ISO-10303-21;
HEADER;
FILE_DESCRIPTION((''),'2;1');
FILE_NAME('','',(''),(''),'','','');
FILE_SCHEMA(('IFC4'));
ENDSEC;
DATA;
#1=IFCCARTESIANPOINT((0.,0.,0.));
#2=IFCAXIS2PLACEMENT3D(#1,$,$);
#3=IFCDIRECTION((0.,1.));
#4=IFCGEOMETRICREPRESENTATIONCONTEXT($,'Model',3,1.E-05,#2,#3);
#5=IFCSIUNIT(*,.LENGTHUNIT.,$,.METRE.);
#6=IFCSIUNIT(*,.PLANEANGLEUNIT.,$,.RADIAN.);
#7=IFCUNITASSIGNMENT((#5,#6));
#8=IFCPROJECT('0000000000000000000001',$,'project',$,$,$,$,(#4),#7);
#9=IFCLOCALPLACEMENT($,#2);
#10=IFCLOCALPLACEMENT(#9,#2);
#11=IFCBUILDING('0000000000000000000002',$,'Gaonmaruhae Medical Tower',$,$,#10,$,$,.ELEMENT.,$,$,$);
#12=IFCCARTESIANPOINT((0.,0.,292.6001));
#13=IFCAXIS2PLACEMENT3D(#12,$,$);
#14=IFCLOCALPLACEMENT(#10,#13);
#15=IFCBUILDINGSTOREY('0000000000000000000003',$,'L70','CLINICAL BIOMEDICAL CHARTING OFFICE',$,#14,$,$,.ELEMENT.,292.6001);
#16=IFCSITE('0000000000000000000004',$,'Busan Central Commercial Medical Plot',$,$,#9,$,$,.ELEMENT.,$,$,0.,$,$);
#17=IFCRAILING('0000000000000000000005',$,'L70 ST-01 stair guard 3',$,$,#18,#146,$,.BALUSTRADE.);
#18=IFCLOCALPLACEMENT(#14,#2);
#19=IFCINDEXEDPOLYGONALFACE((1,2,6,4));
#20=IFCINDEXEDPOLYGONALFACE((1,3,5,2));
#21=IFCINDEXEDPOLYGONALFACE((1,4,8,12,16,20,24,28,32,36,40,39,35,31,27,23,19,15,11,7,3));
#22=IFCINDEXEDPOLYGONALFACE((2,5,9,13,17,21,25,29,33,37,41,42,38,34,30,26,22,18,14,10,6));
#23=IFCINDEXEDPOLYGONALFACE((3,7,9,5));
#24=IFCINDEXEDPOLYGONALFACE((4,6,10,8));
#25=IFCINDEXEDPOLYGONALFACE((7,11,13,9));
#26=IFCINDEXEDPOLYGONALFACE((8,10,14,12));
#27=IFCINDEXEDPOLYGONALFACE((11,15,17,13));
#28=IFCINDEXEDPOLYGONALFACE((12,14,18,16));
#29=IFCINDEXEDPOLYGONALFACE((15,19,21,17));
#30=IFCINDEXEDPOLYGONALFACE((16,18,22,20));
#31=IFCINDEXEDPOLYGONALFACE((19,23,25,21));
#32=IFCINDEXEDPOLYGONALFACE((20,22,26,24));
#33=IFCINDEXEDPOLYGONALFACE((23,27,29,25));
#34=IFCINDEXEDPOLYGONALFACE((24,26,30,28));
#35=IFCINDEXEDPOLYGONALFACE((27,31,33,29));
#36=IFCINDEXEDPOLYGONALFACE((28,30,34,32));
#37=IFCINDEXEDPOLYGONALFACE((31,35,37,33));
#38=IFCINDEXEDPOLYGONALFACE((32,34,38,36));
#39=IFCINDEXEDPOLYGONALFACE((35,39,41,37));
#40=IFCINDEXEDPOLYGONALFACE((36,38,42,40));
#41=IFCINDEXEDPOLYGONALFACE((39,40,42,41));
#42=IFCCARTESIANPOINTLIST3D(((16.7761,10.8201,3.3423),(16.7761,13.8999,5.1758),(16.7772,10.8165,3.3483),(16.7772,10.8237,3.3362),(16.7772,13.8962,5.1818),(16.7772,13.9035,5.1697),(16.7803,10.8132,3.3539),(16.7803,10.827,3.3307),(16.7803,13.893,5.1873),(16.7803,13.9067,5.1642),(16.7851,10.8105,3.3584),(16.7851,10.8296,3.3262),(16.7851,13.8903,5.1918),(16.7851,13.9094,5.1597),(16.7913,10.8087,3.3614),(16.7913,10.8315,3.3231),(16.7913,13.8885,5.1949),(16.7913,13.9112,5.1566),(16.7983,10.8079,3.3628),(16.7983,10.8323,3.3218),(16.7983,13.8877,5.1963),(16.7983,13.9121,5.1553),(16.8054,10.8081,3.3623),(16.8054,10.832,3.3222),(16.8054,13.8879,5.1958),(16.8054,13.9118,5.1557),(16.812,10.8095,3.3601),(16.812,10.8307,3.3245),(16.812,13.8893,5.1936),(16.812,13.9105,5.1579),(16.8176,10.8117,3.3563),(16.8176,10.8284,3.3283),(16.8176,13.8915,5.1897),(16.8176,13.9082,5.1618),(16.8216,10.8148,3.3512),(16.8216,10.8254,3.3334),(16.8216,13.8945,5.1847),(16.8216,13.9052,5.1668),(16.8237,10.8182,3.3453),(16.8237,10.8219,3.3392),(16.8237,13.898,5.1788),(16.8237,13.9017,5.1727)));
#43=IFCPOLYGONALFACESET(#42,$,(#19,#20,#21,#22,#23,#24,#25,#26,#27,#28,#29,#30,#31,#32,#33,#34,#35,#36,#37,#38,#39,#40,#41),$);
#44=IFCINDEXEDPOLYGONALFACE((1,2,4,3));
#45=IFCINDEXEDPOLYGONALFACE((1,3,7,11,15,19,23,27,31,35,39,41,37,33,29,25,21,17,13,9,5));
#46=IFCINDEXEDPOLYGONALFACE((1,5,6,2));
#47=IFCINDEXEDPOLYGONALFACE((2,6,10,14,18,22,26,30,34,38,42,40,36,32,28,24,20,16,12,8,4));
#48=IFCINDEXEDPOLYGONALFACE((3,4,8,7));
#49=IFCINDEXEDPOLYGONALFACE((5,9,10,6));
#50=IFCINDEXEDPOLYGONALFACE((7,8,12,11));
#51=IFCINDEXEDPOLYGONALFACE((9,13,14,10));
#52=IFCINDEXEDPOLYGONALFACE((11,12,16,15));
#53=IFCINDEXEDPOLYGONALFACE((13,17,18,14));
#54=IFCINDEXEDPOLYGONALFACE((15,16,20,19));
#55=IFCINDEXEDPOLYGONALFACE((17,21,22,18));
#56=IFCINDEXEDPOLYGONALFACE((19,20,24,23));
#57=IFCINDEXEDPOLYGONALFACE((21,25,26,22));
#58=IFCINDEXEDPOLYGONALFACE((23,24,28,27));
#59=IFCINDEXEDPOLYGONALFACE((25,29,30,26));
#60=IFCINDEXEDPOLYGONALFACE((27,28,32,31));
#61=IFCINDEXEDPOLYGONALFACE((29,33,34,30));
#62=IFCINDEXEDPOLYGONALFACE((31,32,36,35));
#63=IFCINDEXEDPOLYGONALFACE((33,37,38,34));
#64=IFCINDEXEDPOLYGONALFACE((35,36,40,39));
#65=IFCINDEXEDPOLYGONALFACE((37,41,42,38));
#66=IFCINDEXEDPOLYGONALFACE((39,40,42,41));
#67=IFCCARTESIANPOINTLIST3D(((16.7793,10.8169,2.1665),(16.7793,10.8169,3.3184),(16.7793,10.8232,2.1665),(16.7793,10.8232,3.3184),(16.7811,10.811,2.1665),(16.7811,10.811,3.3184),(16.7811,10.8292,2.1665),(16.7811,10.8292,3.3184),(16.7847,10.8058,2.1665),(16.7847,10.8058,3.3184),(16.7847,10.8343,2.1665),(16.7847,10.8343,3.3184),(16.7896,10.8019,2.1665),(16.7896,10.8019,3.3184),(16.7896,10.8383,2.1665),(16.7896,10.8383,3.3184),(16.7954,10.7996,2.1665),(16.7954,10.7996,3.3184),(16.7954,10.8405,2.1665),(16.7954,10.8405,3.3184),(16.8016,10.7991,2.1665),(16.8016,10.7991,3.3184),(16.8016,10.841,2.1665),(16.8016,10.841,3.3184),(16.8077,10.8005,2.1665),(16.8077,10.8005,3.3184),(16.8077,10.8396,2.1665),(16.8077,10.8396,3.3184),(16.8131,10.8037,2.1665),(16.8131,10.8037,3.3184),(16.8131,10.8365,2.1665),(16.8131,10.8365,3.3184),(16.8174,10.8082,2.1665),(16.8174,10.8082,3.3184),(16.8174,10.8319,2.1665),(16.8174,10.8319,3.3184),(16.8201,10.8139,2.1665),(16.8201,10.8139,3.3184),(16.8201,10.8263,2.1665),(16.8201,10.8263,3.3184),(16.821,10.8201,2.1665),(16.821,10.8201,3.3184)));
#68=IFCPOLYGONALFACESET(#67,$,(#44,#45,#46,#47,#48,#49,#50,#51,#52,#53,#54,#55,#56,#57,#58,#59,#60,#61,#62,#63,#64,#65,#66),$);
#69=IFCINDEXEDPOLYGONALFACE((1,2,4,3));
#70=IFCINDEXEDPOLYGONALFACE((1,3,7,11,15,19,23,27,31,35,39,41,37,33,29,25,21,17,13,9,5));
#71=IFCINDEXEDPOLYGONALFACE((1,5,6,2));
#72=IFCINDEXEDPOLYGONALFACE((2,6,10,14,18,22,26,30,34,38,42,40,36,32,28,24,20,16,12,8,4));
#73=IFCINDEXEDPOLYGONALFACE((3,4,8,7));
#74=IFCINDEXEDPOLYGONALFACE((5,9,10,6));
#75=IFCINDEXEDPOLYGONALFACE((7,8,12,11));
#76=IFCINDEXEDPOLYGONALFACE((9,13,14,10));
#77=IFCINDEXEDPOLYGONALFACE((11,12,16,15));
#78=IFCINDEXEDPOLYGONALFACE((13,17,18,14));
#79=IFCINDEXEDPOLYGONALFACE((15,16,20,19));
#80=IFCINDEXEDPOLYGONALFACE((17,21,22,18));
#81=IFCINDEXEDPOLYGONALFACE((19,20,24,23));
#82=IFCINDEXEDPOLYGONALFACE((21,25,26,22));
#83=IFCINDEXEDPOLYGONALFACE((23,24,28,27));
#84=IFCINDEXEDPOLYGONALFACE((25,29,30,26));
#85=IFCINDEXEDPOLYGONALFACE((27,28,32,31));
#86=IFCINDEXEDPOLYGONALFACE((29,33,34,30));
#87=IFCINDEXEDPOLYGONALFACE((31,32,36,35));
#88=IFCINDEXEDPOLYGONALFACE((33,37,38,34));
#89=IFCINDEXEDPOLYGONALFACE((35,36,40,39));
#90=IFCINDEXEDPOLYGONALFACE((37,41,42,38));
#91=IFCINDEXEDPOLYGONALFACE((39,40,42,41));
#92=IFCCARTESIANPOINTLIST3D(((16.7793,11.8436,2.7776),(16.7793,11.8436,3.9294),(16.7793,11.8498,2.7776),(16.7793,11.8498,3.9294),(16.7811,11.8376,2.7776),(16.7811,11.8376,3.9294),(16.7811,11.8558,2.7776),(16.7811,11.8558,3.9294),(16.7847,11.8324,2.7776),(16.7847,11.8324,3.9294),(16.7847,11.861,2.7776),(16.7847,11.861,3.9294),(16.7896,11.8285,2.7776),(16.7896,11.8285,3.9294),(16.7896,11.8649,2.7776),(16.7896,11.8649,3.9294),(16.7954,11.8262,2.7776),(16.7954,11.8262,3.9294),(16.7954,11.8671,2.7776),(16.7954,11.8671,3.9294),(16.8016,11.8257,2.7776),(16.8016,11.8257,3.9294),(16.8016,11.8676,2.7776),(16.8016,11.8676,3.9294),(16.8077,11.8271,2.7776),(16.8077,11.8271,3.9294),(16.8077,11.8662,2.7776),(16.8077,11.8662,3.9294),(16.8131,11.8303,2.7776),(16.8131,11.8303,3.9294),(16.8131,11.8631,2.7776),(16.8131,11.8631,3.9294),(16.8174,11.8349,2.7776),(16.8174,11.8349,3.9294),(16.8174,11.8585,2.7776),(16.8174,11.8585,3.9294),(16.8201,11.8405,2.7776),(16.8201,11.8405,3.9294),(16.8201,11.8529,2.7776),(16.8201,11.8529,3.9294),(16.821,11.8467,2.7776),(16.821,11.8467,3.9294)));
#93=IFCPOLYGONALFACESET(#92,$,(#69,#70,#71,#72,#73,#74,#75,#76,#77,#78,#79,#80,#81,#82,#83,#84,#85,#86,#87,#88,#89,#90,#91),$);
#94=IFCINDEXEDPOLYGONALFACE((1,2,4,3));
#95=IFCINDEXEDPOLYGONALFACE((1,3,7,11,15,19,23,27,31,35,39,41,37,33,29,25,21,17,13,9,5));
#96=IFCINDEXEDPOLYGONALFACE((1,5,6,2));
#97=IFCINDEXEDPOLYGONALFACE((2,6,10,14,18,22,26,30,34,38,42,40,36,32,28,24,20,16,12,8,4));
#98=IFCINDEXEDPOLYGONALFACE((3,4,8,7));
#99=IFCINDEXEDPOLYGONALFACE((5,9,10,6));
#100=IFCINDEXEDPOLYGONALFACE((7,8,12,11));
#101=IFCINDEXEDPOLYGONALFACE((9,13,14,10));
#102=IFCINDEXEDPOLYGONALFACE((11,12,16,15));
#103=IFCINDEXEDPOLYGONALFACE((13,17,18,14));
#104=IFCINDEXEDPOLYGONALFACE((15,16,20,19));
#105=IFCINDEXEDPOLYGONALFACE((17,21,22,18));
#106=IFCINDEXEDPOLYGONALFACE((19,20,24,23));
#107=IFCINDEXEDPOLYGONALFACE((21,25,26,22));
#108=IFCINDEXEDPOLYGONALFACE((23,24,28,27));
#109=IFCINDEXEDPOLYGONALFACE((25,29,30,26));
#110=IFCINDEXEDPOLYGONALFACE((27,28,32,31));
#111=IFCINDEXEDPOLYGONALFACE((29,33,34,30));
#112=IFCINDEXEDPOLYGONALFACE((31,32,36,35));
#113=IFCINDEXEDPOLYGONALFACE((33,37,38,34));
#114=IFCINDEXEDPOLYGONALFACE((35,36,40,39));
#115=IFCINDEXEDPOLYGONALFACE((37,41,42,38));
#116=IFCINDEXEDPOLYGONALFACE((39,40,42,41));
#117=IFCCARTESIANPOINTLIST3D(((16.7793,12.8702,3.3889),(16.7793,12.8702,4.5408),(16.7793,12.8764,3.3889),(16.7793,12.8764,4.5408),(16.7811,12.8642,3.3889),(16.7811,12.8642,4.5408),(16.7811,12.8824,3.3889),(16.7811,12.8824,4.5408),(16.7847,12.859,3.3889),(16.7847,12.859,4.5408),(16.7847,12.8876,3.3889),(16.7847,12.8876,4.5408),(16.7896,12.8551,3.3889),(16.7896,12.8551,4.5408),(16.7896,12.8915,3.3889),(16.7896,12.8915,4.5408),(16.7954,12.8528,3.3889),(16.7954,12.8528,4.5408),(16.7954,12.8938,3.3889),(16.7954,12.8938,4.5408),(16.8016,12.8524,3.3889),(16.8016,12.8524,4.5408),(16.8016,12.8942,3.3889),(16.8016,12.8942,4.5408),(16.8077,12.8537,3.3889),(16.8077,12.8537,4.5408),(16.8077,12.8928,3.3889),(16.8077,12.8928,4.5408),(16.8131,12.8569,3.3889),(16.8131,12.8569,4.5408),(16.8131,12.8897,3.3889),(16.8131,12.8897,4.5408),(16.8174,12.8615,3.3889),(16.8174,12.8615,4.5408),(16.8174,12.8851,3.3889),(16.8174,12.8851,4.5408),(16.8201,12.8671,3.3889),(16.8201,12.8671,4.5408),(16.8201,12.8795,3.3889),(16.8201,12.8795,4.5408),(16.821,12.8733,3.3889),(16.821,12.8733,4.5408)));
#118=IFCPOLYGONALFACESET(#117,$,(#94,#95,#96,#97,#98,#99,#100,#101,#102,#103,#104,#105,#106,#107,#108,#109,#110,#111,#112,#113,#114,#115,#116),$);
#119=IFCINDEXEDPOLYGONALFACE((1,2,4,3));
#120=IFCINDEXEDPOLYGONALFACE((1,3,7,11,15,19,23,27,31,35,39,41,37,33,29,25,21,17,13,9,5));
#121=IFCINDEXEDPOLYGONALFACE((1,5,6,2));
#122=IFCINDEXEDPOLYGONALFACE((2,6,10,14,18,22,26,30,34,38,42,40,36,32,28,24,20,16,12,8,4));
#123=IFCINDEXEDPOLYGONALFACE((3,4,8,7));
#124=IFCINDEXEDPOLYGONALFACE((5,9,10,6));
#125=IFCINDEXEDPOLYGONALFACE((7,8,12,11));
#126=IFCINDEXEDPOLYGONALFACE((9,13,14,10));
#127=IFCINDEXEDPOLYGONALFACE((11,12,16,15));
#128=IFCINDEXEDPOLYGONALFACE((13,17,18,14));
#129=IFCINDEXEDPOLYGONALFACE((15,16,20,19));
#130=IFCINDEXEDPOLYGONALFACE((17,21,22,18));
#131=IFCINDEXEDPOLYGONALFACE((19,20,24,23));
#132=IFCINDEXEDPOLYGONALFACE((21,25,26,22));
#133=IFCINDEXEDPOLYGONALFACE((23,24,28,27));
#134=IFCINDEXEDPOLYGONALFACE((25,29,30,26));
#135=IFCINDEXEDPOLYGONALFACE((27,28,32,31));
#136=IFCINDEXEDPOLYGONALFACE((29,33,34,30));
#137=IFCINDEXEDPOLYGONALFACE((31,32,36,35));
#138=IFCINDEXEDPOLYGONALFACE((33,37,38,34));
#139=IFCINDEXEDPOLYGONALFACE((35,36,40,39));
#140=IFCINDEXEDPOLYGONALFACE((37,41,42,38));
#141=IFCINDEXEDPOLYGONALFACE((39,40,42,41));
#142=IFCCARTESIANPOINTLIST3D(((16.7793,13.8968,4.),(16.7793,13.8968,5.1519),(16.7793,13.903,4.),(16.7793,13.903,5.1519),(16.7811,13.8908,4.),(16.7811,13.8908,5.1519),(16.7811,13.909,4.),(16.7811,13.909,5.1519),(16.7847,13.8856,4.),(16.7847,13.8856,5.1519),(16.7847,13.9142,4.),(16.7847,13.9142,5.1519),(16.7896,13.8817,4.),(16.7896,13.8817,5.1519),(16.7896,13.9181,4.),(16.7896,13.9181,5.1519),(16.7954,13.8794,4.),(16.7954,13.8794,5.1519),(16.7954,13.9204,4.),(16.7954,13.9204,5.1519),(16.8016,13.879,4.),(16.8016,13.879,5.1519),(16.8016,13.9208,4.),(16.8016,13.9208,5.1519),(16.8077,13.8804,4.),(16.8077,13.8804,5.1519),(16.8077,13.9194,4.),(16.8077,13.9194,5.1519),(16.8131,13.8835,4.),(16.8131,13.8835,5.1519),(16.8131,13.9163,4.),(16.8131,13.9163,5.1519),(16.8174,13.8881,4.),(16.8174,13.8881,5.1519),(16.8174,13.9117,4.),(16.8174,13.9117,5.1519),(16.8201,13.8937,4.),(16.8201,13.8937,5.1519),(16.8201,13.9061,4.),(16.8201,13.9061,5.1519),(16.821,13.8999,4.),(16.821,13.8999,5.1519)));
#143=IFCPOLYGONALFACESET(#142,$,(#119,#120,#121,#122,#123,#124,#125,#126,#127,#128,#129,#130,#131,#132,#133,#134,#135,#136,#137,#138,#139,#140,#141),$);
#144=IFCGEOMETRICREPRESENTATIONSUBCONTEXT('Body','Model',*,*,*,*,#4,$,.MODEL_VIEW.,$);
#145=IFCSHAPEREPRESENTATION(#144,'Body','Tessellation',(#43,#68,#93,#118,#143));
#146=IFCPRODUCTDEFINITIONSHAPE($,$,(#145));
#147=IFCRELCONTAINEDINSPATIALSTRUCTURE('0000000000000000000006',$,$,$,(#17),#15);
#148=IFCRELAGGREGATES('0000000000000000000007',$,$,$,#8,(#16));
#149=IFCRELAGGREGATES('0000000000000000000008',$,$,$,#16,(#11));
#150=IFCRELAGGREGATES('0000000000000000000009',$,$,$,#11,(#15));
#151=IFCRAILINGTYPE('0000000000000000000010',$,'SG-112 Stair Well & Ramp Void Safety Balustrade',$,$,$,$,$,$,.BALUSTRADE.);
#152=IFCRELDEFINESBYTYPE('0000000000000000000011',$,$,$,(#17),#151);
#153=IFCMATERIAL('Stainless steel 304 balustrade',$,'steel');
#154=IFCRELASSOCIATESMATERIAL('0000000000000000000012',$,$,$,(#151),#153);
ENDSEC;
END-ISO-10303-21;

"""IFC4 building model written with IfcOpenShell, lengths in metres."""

from ifc_helpers import new_model, si_unit, direction, frame, origin, origin_2d, place, context, subcontext, project, spatial, circle, extrude, material, type_object, element, save


model = new_model("IFC4")

# Units and contexts
model_context = context("Model", 3, precision=1e-05, world=origin(), true_north=direction((0.0, 1.0)))
body_context = subcontext(model_context, "Body", "Model", "MODEL_VIEW")
ifc_project = project(units=[si_unit("LENGTHUNIT", "METRE"), si_unit("PLANEANGLEUNIT", "RADIAN")], contexts=[model_context])

# Site, building, storey
site_placement = place(None, origin())
site = spatial("IfcSite", under=ifc_project, at=site_placement, Name="Busan Central Commercial Medical Plot", CompositionType="ELEMENT", RefElevation=0.0)
building_placement = place(site_placement, origin())
building = spatial("IfcBuilding", under=site, at=building_placement, Name="Gaonmaruhae Medical Tower", CompositionType="ELEMENT")
storey_placement = place(building_placement, frame((0.0, 0.0, 292.6001)))
storey = spatial("IfcBuildingStorey", under=building, at=storey_placement, Name="L70", Description="CLINICAL BIOMEDICAL CHARTING OFFICE", CompositionType="ELEMENT", Elevation=292.6001)

# Railing
ifc_material_1 = material(Name="Stainless steel 304 balustrade", Category="steel")
railing_type_1 = type_object("IfcRailingType", Name="SG-112 Stair Well & Ramp Void Safety Balustrade", PredefinedType="BALUSTRADE", material=ifc_material_1)
railing_1_placement = place(storey_placement, frame((16.8, 10.8201, 2.1665)))
element("IfcRailing", 1, at=railing_1_placement, inside=storey, type_object=railing_type_1, Name="L70 ST-01 stair guard 3", PredefinedType="BALUSTRADE", context=body_context, shape_type="SweptSolid", body=[
    extrude(circle(Radius=0.0239, at=origin_2d()), frame((0.0, 0.0, 1.1758), z_axis=(0.0, 0.859261, 0.511538), x_axis=(-1.0, 0.0, 0.0)), (0.0, 0.0, 1.0), 3.5842),
    extrude(circle(Radius=0.021, at=origin_2d()), origin(), (0.0, 0.0, 1.0), 1.1519),
    extrude(circle(Radius=0.021, at=origin_2d()), frame((0.0, 1.0266, 0.6111)), (0.0, 0.0, 1.0), 1.1519),
    extrude(circle(Radius=0.021, at=origin_2d()), frame((0.0, 2.0532, 1.2224)), (0.0, 0.0, 1.0), 1.1519),
    extrude(circle(Radius=0.021, at=origin_2d()), frame((0.0, 3.0798, 1.8335)), (0.0, 0.0, 1.0), 1.1519),
])

save(model, "model.ifc")
